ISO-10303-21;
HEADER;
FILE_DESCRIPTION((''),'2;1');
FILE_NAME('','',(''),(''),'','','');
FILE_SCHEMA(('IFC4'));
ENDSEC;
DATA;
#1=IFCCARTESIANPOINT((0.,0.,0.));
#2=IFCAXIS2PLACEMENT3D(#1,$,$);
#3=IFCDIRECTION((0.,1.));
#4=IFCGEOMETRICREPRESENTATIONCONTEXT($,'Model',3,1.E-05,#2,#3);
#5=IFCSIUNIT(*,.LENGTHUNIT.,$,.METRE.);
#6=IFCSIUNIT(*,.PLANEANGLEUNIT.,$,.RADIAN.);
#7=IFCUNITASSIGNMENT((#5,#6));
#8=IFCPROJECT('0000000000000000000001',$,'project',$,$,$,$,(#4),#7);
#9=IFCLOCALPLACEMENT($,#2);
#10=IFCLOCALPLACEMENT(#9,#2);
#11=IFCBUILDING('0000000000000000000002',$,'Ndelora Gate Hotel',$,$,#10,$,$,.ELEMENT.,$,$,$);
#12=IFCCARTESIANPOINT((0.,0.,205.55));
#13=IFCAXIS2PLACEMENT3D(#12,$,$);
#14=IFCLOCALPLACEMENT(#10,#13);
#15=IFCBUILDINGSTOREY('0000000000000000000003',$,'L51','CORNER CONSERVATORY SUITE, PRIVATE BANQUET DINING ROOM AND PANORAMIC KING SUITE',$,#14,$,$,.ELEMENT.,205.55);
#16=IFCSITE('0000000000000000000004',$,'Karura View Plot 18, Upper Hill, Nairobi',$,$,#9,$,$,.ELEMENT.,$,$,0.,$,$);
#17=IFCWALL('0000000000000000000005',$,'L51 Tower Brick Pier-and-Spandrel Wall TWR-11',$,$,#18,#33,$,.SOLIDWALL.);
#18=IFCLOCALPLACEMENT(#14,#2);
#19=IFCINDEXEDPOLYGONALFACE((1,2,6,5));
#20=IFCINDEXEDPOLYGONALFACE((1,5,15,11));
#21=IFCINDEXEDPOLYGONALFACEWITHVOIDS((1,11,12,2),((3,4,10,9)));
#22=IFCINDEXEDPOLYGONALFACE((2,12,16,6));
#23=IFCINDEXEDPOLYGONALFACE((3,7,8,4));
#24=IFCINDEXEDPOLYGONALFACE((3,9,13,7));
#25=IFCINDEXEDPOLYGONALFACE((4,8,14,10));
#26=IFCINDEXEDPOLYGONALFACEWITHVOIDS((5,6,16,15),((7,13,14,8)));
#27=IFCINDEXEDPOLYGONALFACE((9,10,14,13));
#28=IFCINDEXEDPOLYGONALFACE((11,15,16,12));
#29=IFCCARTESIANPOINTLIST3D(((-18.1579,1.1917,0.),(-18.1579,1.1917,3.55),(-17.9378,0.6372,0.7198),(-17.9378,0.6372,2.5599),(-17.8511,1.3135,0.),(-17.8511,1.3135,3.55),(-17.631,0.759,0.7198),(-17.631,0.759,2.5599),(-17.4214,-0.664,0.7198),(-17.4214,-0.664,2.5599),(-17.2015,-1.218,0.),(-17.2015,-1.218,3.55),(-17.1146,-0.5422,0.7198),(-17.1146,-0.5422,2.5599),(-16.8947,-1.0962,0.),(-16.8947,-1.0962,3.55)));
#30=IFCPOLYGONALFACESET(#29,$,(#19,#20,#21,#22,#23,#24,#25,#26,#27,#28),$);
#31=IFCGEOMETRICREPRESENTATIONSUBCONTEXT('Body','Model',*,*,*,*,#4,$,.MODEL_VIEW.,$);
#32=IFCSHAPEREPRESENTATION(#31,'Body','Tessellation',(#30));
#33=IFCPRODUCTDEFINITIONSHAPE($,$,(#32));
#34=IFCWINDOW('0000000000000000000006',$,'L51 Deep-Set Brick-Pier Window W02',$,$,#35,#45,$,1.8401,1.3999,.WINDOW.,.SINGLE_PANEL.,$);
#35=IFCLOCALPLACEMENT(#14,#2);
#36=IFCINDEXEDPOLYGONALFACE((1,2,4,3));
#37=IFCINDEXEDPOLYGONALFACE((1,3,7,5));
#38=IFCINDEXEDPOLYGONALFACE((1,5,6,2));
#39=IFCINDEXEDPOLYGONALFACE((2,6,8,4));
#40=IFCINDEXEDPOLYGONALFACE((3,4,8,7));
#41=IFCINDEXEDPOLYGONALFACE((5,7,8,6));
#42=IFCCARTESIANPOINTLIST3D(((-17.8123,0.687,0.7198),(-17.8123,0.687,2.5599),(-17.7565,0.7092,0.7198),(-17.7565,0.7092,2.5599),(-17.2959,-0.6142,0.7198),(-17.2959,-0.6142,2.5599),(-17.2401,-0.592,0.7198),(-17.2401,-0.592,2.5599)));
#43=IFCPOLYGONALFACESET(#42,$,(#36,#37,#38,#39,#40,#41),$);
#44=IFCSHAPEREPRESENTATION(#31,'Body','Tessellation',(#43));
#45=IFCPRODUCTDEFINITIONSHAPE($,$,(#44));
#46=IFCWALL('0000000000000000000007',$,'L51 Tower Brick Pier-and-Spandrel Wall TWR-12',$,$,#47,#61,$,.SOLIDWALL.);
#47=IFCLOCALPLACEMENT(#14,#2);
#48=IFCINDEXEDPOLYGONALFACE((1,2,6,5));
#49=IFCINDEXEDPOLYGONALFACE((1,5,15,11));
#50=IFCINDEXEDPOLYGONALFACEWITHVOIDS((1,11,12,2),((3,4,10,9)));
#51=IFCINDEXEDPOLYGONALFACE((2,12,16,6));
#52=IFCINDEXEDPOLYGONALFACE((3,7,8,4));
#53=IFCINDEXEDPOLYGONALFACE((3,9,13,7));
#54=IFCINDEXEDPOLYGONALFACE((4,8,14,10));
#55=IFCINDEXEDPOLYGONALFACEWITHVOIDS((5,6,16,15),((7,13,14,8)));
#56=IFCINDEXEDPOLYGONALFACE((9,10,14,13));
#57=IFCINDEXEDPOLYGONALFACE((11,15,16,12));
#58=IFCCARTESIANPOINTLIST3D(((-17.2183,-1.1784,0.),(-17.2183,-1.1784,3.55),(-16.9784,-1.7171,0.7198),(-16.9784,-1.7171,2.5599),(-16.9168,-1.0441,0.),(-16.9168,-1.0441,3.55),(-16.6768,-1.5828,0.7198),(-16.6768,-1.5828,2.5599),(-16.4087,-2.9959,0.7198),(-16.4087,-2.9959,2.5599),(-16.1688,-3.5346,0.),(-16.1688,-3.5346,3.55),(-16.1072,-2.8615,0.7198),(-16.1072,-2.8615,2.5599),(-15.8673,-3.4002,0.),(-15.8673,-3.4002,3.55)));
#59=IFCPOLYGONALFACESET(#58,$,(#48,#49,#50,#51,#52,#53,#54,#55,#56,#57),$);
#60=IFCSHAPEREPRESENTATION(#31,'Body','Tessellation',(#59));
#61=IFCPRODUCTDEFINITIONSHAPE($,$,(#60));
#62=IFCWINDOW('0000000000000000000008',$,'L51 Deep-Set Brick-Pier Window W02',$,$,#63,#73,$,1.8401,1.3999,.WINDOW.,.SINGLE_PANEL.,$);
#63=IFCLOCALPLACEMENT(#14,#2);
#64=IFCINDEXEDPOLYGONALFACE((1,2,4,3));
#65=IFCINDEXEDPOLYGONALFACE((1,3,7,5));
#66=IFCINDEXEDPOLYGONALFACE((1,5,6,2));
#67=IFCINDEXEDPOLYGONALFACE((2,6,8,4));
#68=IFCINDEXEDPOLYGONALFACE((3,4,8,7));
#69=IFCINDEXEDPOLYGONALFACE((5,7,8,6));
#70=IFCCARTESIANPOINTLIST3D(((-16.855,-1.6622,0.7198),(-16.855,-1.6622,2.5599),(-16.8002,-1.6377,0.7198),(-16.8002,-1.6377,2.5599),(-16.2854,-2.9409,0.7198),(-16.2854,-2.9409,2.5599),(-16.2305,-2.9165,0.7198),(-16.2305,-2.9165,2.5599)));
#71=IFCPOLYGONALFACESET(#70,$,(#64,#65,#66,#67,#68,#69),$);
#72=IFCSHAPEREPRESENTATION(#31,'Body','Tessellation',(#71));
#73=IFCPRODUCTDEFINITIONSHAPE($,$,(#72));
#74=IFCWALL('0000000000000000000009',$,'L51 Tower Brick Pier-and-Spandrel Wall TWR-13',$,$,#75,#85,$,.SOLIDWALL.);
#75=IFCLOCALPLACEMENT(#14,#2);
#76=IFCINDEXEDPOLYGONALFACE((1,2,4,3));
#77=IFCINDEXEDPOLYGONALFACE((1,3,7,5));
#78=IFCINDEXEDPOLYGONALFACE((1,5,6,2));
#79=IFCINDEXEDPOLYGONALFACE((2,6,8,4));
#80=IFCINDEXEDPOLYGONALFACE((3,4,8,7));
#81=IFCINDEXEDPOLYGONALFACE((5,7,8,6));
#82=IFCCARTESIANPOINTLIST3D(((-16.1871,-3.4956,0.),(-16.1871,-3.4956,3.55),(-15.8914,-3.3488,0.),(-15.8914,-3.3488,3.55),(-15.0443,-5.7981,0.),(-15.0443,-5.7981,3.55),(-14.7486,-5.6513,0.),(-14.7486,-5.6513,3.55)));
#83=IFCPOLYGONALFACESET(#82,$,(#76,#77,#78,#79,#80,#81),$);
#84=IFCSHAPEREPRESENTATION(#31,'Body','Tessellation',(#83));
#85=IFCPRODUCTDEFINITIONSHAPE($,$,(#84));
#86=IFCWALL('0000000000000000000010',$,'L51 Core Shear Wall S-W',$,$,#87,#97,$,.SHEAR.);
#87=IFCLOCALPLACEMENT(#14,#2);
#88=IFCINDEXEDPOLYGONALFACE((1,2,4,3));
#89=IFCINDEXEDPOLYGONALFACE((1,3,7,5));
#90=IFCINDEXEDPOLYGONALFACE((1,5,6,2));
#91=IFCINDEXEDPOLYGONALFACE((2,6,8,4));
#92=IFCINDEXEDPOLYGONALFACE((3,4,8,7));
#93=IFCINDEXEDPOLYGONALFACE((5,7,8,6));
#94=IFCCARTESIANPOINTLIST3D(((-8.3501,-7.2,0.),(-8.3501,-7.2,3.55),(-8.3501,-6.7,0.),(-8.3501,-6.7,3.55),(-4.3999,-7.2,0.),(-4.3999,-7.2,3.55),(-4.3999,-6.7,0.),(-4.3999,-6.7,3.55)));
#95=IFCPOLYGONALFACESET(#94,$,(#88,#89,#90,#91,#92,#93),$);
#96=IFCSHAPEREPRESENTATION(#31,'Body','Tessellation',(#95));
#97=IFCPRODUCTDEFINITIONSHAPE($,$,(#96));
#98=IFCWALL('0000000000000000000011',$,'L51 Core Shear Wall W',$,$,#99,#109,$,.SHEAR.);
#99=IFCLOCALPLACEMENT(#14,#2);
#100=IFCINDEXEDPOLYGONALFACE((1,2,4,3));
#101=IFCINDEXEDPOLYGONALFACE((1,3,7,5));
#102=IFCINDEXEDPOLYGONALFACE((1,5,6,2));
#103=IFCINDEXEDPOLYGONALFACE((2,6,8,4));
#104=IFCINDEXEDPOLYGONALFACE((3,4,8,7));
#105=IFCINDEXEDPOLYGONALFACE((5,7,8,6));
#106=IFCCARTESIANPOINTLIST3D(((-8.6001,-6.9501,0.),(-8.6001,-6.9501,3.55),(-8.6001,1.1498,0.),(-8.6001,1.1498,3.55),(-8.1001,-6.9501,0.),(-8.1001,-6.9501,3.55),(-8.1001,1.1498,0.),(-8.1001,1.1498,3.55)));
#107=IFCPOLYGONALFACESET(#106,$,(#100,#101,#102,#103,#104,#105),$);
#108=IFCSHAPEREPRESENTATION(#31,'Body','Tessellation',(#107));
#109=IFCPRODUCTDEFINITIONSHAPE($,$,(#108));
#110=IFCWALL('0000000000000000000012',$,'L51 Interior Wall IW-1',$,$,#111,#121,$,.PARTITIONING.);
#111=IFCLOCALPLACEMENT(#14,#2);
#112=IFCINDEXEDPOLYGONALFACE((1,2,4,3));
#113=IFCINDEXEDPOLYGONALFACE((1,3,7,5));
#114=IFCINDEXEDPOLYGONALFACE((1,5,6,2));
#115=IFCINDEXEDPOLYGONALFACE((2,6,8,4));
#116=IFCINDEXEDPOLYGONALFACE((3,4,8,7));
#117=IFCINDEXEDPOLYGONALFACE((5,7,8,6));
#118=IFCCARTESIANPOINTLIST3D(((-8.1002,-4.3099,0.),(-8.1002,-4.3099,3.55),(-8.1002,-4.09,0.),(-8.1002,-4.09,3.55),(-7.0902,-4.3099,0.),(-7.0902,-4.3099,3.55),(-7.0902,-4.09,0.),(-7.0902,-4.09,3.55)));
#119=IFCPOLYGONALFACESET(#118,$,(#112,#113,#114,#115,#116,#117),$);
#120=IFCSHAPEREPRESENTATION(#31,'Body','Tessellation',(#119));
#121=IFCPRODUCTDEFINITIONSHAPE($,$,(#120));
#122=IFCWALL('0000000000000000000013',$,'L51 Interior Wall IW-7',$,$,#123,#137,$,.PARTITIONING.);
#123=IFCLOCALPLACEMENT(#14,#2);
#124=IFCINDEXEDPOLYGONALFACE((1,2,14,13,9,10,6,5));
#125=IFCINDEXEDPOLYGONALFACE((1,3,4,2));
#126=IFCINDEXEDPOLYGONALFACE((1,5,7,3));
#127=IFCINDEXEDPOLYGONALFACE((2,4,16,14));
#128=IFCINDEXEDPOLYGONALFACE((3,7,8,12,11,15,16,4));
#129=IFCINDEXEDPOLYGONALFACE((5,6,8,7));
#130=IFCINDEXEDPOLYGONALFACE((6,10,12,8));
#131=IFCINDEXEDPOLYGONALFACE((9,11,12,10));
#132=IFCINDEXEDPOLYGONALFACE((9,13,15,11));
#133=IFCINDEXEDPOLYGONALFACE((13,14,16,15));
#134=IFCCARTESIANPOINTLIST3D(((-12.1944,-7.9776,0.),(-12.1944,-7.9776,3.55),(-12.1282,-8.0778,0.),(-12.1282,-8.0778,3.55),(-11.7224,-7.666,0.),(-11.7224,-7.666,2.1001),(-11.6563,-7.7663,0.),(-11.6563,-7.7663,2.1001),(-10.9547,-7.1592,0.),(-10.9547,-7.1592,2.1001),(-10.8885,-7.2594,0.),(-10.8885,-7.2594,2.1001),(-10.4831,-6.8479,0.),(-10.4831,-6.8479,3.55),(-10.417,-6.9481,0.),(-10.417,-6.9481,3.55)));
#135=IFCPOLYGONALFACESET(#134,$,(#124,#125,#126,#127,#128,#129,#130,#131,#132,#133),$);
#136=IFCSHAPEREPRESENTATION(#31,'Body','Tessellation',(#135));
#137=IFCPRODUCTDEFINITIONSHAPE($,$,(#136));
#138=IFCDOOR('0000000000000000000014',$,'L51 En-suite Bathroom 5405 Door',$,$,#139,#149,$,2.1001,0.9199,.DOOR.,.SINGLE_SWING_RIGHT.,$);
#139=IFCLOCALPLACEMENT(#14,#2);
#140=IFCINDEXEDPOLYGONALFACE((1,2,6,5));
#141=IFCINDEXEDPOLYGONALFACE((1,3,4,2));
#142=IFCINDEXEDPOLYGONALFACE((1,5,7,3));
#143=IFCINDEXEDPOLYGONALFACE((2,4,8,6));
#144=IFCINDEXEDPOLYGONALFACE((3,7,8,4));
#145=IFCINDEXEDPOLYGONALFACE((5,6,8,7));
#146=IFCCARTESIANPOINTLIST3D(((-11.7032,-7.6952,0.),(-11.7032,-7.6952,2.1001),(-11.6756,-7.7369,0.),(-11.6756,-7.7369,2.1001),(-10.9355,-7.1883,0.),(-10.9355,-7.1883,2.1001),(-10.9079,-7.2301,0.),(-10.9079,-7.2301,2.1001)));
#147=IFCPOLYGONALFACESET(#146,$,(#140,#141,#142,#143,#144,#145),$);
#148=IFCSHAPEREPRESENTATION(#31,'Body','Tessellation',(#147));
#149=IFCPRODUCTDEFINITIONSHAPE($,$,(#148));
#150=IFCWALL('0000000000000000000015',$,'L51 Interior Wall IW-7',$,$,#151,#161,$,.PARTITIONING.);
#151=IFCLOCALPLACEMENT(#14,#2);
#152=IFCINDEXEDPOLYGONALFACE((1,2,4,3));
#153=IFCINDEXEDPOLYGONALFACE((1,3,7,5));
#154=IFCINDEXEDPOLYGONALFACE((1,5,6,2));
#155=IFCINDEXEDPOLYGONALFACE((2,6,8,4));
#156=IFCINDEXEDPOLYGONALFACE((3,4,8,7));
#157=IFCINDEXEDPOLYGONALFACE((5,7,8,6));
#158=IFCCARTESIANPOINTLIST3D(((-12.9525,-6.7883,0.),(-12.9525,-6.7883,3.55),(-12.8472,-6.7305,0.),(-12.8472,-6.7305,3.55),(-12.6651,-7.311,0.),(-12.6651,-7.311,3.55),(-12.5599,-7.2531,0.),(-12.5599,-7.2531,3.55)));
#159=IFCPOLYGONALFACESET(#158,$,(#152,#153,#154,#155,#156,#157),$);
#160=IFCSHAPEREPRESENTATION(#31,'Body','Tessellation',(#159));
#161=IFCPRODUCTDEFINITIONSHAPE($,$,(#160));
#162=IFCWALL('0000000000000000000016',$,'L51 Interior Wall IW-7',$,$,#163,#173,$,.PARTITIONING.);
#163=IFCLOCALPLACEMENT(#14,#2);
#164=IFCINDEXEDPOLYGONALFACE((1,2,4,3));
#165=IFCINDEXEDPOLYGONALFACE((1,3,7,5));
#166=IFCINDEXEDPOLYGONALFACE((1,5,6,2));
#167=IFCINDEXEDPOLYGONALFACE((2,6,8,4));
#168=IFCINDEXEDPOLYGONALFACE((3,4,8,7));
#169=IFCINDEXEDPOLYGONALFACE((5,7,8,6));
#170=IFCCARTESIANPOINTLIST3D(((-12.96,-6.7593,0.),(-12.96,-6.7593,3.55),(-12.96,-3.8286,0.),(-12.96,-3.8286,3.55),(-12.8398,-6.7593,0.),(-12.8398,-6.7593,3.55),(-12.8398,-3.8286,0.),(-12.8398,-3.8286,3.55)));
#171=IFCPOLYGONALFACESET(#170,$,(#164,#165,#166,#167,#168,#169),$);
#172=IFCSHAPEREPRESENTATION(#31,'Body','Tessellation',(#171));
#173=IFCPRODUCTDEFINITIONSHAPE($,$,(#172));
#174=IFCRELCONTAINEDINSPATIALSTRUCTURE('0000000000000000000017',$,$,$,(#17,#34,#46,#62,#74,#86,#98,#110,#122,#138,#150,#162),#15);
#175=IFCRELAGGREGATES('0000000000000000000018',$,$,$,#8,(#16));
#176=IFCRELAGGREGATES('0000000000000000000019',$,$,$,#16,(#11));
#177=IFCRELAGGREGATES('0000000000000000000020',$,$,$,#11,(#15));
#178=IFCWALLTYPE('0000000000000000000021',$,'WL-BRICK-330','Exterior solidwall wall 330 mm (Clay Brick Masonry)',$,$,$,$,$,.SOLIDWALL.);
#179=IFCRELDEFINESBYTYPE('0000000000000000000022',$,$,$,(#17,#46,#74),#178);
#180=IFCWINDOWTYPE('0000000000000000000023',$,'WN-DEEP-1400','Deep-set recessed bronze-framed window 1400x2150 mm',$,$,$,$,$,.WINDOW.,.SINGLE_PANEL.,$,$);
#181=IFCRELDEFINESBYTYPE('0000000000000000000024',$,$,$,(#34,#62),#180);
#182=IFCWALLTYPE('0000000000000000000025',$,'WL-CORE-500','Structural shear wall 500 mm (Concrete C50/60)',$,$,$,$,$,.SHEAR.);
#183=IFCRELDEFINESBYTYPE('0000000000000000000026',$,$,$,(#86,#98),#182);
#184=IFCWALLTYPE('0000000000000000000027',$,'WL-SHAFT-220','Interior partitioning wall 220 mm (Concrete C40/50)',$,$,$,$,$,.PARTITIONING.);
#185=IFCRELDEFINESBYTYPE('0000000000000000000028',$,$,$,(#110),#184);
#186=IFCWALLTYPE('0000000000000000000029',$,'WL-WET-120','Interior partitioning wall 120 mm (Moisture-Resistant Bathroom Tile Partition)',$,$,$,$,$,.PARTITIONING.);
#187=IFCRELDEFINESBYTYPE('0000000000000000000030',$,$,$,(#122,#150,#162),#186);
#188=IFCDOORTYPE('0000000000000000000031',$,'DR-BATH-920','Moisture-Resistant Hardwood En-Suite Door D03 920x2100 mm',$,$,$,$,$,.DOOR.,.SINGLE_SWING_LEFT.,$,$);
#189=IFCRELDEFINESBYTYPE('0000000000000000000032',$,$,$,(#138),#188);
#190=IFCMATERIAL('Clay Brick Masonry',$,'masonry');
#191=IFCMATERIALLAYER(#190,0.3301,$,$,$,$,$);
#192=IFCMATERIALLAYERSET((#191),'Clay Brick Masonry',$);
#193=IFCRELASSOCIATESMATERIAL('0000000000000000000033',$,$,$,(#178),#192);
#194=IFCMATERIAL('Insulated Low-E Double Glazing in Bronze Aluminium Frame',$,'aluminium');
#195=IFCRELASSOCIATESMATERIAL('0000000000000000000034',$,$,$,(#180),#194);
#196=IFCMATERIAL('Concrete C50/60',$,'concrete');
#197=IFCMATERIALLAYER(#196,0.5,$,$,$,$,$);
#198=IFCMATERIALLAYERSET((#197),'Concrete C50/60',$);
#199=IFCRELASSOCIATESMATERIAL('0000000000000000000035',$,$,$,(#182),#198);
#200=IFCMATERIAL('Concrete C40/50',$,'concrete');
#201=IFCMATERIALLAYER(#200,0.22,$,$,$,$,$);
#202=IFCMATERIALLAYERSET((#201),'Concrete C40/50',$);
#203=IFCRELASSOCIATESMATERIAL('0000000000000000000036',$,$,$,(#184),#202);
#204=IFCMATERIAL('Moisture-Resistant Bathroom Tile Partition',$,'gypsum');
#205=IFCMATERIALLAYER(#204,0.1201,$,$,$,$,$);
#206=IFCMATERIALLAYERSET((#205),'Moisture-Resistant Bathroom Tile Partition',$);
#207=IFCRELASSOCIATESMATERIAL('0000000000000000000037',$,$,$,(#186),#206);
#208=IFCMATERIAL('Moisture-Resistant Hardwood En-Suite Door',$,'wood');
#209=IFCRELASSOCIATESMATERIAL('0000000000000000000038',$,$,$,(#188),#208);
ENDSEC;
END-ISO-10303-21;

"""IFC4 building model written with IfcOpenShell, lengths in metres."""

from ifc_helpers import new_model, si_unit, direction, frame, frame_2d, origin, place, context, subcontext, project, spatial, rectangle, extrude, material, layer, layer_set, type_object, element, fill, save


model = new_model("IFC4")

# Units and contexts
model_context = context("Model", 3, precision=1e-05, world=origin(), true_north=direction((0.0, 1.0)))
body_context = subcontext(model_context, "Body", "Model", "MODEL_VIEW")
ifc_project = project(units=[si_unit("LENGTHUNIT", "METRE"), si_unit("PLANEANGLEUNIT", "RADIAN")], contexts=[model_context])

# Site, building, storey
site_placement = place(None, origin())
site = spatial("IfcSite", under=ifc_project, at=site_placement, Name="Karura View Plot 18, Upper Hill, Nairobi", CompositionType="ELEMENT", RefElevation=0.0)
building_placement = place(site_placement, origin())
building = spatial("IfcBuilding", under=site, at=building_placement, Name="Ndelora Gate Hotel", CompositionType="ELEMENT")
storey_placement = place(building_placement, frame((0.0, 0.0, 205.55)))
storey = spatial("IfcBuildingStorey", under=building, at=storey_placement, Name="L51", Description="CORNER CONSERVATORY SUITE, PRIVATE BANQUET DINING ROOM AND PANORAMIC KING SUITE", CompositionType="ELEMENT", Elevation=205.55)

# Shared definitions
ifc_material_1 = material(Name="Concrete C50/60", Category="concrete")

# Walls, openings, windows
ifc_material_2 = material(Name="Clay Brick Masonry", Category="masonry")
ifc_layer_1 = layer(ifc_material_2, 0.3301)
ifc_layer_set_1 = layer_set([ifc_layer_1], Name="Clay Brick Masonry")
wall_type_1 = type_object("IfcWallType", Name="WL-BRICK-330", Description="Exterior solidwall wall 330 mm (Clay Brick Masonry)", PredefinedType="SOLIDWALL", material=ifc_layer_set_1)
wall_1_placement = place(storey_placement, frame((-17.0481, -1.1572, 0.0), z_axis=(0.0, 0.0, 1.0), x_axis=(-0.368873, 0.92948, 0.0)))
wall_1 = element("IfcWall", 1, at=wall_1_placement, inside=storey, type_object=wall_type_1, Name="L51 Tower Brick Pier-and-Spandrel Wall TWR-11", PredefinedType="SOLIDWALL", context=body_context, shape_type="SweptSolid", body=[
    extrude(rectangle(XDim=2.5925, YDim=0.3301, at=frame_2d((1.2964, 0.0))), origin(), (0.0, 0.0, 1.0), 3.55),
])
opening_1_placement = place(wall_1_placement, frame((0.5962, 0.0, 0.72)))
opening_1 = element("IfcOpeningElement", 2, at=opening_1_placement, cuts=wall_1, PredefinedType="OPENING", context=body_context, shape_type="SweptSolid", body=[
    extrude(rectangle(XDim=1.3999, YDim=1.8401, at=frame_2d((0.7, 0.9199))), frame((0.0, 0.175, 0.0), z_axis=(0.0, -1.0, 0.0), x_axis=(1.0, 0.0, 0.0)), (0.0, 0.0, 1.0), 0.3501),
])
ifc_material_3 = material(Name="Insulated Low-E Double Glazing in Bronze Aluminium Frame", Category="aluminium")
window_type = type_object("IfcWindowType", Name="WN-DEEP-1400", Description="Deep-set recessed bronze-framed window 1400x2150 mm", PartitioningType="SINGLE_PANEL", PredefinedType="WINDOW", material=ifc_material_3)
window_1_placement = place(opening_1_placement, origin())
window_1 = element("IfcWindow", 3, at=window_1_placement, inside=storey, type_object=window_type, Name="L51 Deep-Set Brick-Pier Window W02", OverallHeight=1.8401, OverallWidth=1.3999, PartitioningType="SINGLE_PANEL", PredefinedType="WINDOW", context=body_context, shape_type="SweptSolid", body=[
    extrude(rectangle(XDim=1.3999, YDim=1.8401, at=frame_2d((0.7, 0.9199))), frame((0.0, 0.03, 0.0), z_axis=(0.0, -1.0, 0.0), x_axis=(1.0, 0.0, 0.0)), (0.0, 0.0, 1.0), 0.0601),
])
fill(opening_1, window_1)
wall_2_placement = place(storey_placement, frame((-16.0181, -3.4673, 0.0), z_axis=(0.0, 0.0, 1.0), x_axis=(-0.406902, 0.913472, 0.0)))
wall_2 = element("IfcWall", 4, at=wall_2_placement, inside=storey, type_object=wall_type_1, Name="L51 Tower Brick Pier-and-Spandrel Wall TWR-12", PredefinedType="SOLIDWALL", context=body_context, shape_type="SweptSolid", body=[
    extrude(rectangle(XDim=2.5793, YDim=0.3301, at=frame_2d((1.2896, 0.0))), origin(), (0.0, 0.0, 1.0), 3.55),
])
opening_2_placement = place(wall_2_placement, frame((0.5896, 0.0, 0.72)))
opening_2 = element("IfcOpeningElement", 5, at=opening_2_placement, cuts=wall_2, PredefinedType="OPENING", context=body_context, shape_type="SweptSolid", body=[
    extrude(rectangle(XDim=1.3999, YDim=1.8401, at=frame_2d((0.7, 0.9199))), frame((0.0, 0.175, 0.0), z_axis=(0.0, -1.0, 0.0), x_axis=(1.0, 0.0, 0.0)), (0.0, 0.0, 1.0), 0.3501),
])
window_2_placement = place(opening_2_placement, origin())
window_2 = element("IfcWindow", 6, at=window_2_placement, inside=storey, type_object=window_type, Name="L51 Deep-Set Brick-Pier Window W02", OverallHeight=1.8401, OverallWidth=1.3999, PartitioningType="SINGLE_PANEL", PredefinedType="WINDOW", context=body_context, shape_type="SweptSolid", body=[
    extrude(rectangle(XDim=1.3999, YDim=1.8401, at=frame_2d((0.7, 0.9199))), frame((0.0, 0.03, 0.0), z_axis=(0.0, -1.0, 0.0), x_axis=(1.0, 0.0, 0.0)), (0.0, 0.0, 1.0), 0.0601),
])
fill(opening_2, window_2)

# Walls
wall_3_placement = place(storey_placement, frame((-14.8965, -5.7246, 0.0), z_axis=(0.0, 0.0, 1.0), x_axis=(-0.44459, 0.895734, 0.0)))
element("IfcWall", 7, at=wall_3_placement, inside=storey, type_object=wall_type_1, Name="L51 Tower Brick Pier-and-Spandrel Wall TWR-13", PredefinedType="SOLIDWALL", context=body_context, shape_type="SweptSolid", body=[
    extrude(rectangle(XDim=2.5706, YDim=0.3301, at=frame_2d((1.2852, 0.0))), origin(), (0.0, 0.0, 1.0), 3.55),
])
ifc_layer_2 = layer(ifc_material_1, 0.5)
ifc_layer_set_2 = layer_set([ifc_layer_2], Name="Concrete C50/60")
wall_type_2 = type_object("IfcWallType", Name="WL-CORE-500", Description="Structural shear wall 500 mm (Concrete C50/60)", PredefinedType="SHEAR", material=ifc_layer_set_2)
wall_4_placement = place(storey_placement, frame((-8.3501, -6.95, 0.0), z_axis=(0.0, 0.0, 1.0), x_axis=(1.0, 0.0, 0.0)))
element("IfcWall", 8, at=wall_4_placement, inside=storey, type_object=wall_type_2, Name="L51 Core Shear Wall S-W", PredefinedType="SHEAR", context=body_context, shape_type="SweptSolid", body=[
    extrude(rectangle(XDim=3.9502, YDim=0.5, at=frame_2d((1.9751, 0.0))), origin(), (0.0, 0.0, 1.0), 3.55),
])
wall_5_placement = place(storey_placement, frame((-8.3501, -6.95, 0.0), z_axis=(0.0, 0.0, 1.0), x_axis=(0.0, 1.0, 0.0)))
element("IfcWall", 9, at=wall_5_placement, inside=storey, type_object=wall_type_2, Name="L51 Core Shear Wall W", PredefinedType="SHEAR", context=body_context, shape_type="SweptSolid", body=[
    extrude(rectangle(XDim=8.0999, YDim=0.5, at=frame_2d((4.0498, 0.0))), origin(), (0.0, 0.0, 1.0), 3.55),
])
ifc_material_4 = material(Name="Concrete C40/50", Category="concrete")
ifc_layer_3 = layer(ifc_material_4, 0.22)
ifc_layer_set_3 = layer_set([ifc_layer_3], Name="Concrete C40/50")
wall_type_3 = type_object("IfcWallType", Name="WL-SHAFT-220", Description="Interior partitioning wall 220 mm (Concrete C40/50)", PredefinedType="PARTITIONING", material=ifc_layer_set_3)
wall_6_placement = place(storey_placement, frame((-8.1001, -4.2, 0.0), z_axis=(0.0, 0.0, 1.0), x_axis=(1.0, 0.0, 0.0)))
element("IfcWall", 10, at=wall_6_placement, inside=storey, type_object=wall_type_3, Name="L51 Interior Wall IW-1", PredefinedType="PARTITIONING", context=body_context, shape_type="SweptSolid", body=[
    extrude(rectangle(XDim=1.01, YDim=0.22, at=frame_2d((0.5049, 0.0))), origin(), (0.0, 0.0, 1.0), 3.55),
])

# Wall, opening, door
ifc_material_5 = material(Name="Moisture-Resistant Bathroom Tile Partition", Category="gypsum")
ifc_layer_4 = layer(ifc_material_5, 0.1201)
ifc_layer_set_4 = layer_set([ifc_layer_4], Name="Moisture-Resistant Bathroom Tile Partition")
wall_type_4 = type_object("IfcWallType", Name="WL-WET-120", Description="Interior partitioning wall 120 mm (Moisture-Resistant Bathroom Tile Partition)", PredefinedType="PARTITIONING", material=ifc_layer_set_4)
wall_7_placement = place(storey_placement, frame((-10.45, -6.8979, 0.0), z_axis=(0.0, 0.0, 1.0), x_axis=(-0.834551, -0.55093, 0.0)))
wall_7 = element("IfcWall", 11, at=wall_7_placement, inside=storey, type_object=wall_type_4, Name="L51 Interior Wall IW-7", PredefinedType="PARTITIONING", context=body_context, shape_type="SweptSolid", body=[
    extrude(rectangle(XDim=2.0505, YDim=0.1201, at=frame_2d((1.0254, 0.0))), origin(), (0.0, 0.0, 1.0), 3.55),
])
opening_3_placement = place(wall_7_placement, frame((0.5652, 0.0, 0.0)))
opening_3 = element("IfcOpeningElement", 12, at=opening_3_placement, cuts=wall_7, PredefinedType="OPENING", context=body_context, shape_type="SweptSolid", body=[
    extrude(rectangle(XDim=0.9199, YDim=2.1001, at=frame_2d((0.46, 1.05))), frame((0.0, 0.0701, 0.0), z_axis=(0.0, -1.0, 0.0), x_axis=(1.0, 0.0, 0.0)), (0.0, 0.0, 1.0), 0.1401),
])
ifc_material_6 = material(Name="Moisture-Resistant Hardwood En-Suite Door", Category="wood")
door_type = type_object("IfcDoorType", Name="DR-BATH-920", Description="Moisture-Resistant Hardwood En-Suite Door D03 920x2100 mm", OperationType="SINGLE_SWING_LEFT", PredefinedType="DOOR", material=ifc_material_6)
door_placement = place(opening_3_placement, origin())
door = element("IfcDoor", 13, at=door_placement, inside=storey, type_object=door_type, Name="L51 En-suite Bathroom 5405 Door", OperationType="SINGLE_SWING_RIGHT", OverallHeight=2.1001, OverallWidth=0.9199, PredefinedType="DOOR", context=body_context, shape_type="SweptSolid", body=[
    extrude(rectangle(XDim=0.9199, YDim=2.1001, at=frame_2d((0.46, 1.05))), frame((0.0, 0.0249, 0.0), z_axis=(0.0, -1.0, 0.0), x_axis=(1.0, 0.0, 0.0)), (0.0, 0.0, 1.0), 0.05),
])
fill(opening_3, door)

# Walls
wall_8_placement = place(storey_placement, frame((-12.8999, -6.7593, 0.0), z_axis=(0.0, 0.0, 1.0), x_axis=(0.481746, -0.876311, 0.0)))
element("IfcWall", 14, at=wall_8_placement, inside=storey, type_object=wall_type_4, Name="L51 Interior Wall IW-7", PredefinedType="PARTITIONING", context=body_context, shape_type="SweptSolid", body=[
    extrude(rectangle(XDim=0.5964, YDim=0.1201, at=frame_2d((0.2983, 0.0))), origin(), (0.0, 0.0, 1.0), 3.55),
])
wall_9_placement = place(storey_placement, frame((-12.8999, -3.8286, 0.0), z_axis=(0.0, 0.0, 1.0), x_axis=(0.0, -1.0, 0.0)))
element("IfcWall", 15, at=wall_9_placement, inside=storey, type_object=wall_type_4, Name="L51 Interior Wall IW-7", PredefinedType="PARTITIONING", context=body_context, shape_type="SweptSolid", body=[
    extrude(rectangle(XDim=2.9307, YDim=0.1201, at=frame_2d((1.4653, 0.0))), origin(), (0.0, 0.0, 1.0), 3.55),
])

save(model, "model.ifc")
